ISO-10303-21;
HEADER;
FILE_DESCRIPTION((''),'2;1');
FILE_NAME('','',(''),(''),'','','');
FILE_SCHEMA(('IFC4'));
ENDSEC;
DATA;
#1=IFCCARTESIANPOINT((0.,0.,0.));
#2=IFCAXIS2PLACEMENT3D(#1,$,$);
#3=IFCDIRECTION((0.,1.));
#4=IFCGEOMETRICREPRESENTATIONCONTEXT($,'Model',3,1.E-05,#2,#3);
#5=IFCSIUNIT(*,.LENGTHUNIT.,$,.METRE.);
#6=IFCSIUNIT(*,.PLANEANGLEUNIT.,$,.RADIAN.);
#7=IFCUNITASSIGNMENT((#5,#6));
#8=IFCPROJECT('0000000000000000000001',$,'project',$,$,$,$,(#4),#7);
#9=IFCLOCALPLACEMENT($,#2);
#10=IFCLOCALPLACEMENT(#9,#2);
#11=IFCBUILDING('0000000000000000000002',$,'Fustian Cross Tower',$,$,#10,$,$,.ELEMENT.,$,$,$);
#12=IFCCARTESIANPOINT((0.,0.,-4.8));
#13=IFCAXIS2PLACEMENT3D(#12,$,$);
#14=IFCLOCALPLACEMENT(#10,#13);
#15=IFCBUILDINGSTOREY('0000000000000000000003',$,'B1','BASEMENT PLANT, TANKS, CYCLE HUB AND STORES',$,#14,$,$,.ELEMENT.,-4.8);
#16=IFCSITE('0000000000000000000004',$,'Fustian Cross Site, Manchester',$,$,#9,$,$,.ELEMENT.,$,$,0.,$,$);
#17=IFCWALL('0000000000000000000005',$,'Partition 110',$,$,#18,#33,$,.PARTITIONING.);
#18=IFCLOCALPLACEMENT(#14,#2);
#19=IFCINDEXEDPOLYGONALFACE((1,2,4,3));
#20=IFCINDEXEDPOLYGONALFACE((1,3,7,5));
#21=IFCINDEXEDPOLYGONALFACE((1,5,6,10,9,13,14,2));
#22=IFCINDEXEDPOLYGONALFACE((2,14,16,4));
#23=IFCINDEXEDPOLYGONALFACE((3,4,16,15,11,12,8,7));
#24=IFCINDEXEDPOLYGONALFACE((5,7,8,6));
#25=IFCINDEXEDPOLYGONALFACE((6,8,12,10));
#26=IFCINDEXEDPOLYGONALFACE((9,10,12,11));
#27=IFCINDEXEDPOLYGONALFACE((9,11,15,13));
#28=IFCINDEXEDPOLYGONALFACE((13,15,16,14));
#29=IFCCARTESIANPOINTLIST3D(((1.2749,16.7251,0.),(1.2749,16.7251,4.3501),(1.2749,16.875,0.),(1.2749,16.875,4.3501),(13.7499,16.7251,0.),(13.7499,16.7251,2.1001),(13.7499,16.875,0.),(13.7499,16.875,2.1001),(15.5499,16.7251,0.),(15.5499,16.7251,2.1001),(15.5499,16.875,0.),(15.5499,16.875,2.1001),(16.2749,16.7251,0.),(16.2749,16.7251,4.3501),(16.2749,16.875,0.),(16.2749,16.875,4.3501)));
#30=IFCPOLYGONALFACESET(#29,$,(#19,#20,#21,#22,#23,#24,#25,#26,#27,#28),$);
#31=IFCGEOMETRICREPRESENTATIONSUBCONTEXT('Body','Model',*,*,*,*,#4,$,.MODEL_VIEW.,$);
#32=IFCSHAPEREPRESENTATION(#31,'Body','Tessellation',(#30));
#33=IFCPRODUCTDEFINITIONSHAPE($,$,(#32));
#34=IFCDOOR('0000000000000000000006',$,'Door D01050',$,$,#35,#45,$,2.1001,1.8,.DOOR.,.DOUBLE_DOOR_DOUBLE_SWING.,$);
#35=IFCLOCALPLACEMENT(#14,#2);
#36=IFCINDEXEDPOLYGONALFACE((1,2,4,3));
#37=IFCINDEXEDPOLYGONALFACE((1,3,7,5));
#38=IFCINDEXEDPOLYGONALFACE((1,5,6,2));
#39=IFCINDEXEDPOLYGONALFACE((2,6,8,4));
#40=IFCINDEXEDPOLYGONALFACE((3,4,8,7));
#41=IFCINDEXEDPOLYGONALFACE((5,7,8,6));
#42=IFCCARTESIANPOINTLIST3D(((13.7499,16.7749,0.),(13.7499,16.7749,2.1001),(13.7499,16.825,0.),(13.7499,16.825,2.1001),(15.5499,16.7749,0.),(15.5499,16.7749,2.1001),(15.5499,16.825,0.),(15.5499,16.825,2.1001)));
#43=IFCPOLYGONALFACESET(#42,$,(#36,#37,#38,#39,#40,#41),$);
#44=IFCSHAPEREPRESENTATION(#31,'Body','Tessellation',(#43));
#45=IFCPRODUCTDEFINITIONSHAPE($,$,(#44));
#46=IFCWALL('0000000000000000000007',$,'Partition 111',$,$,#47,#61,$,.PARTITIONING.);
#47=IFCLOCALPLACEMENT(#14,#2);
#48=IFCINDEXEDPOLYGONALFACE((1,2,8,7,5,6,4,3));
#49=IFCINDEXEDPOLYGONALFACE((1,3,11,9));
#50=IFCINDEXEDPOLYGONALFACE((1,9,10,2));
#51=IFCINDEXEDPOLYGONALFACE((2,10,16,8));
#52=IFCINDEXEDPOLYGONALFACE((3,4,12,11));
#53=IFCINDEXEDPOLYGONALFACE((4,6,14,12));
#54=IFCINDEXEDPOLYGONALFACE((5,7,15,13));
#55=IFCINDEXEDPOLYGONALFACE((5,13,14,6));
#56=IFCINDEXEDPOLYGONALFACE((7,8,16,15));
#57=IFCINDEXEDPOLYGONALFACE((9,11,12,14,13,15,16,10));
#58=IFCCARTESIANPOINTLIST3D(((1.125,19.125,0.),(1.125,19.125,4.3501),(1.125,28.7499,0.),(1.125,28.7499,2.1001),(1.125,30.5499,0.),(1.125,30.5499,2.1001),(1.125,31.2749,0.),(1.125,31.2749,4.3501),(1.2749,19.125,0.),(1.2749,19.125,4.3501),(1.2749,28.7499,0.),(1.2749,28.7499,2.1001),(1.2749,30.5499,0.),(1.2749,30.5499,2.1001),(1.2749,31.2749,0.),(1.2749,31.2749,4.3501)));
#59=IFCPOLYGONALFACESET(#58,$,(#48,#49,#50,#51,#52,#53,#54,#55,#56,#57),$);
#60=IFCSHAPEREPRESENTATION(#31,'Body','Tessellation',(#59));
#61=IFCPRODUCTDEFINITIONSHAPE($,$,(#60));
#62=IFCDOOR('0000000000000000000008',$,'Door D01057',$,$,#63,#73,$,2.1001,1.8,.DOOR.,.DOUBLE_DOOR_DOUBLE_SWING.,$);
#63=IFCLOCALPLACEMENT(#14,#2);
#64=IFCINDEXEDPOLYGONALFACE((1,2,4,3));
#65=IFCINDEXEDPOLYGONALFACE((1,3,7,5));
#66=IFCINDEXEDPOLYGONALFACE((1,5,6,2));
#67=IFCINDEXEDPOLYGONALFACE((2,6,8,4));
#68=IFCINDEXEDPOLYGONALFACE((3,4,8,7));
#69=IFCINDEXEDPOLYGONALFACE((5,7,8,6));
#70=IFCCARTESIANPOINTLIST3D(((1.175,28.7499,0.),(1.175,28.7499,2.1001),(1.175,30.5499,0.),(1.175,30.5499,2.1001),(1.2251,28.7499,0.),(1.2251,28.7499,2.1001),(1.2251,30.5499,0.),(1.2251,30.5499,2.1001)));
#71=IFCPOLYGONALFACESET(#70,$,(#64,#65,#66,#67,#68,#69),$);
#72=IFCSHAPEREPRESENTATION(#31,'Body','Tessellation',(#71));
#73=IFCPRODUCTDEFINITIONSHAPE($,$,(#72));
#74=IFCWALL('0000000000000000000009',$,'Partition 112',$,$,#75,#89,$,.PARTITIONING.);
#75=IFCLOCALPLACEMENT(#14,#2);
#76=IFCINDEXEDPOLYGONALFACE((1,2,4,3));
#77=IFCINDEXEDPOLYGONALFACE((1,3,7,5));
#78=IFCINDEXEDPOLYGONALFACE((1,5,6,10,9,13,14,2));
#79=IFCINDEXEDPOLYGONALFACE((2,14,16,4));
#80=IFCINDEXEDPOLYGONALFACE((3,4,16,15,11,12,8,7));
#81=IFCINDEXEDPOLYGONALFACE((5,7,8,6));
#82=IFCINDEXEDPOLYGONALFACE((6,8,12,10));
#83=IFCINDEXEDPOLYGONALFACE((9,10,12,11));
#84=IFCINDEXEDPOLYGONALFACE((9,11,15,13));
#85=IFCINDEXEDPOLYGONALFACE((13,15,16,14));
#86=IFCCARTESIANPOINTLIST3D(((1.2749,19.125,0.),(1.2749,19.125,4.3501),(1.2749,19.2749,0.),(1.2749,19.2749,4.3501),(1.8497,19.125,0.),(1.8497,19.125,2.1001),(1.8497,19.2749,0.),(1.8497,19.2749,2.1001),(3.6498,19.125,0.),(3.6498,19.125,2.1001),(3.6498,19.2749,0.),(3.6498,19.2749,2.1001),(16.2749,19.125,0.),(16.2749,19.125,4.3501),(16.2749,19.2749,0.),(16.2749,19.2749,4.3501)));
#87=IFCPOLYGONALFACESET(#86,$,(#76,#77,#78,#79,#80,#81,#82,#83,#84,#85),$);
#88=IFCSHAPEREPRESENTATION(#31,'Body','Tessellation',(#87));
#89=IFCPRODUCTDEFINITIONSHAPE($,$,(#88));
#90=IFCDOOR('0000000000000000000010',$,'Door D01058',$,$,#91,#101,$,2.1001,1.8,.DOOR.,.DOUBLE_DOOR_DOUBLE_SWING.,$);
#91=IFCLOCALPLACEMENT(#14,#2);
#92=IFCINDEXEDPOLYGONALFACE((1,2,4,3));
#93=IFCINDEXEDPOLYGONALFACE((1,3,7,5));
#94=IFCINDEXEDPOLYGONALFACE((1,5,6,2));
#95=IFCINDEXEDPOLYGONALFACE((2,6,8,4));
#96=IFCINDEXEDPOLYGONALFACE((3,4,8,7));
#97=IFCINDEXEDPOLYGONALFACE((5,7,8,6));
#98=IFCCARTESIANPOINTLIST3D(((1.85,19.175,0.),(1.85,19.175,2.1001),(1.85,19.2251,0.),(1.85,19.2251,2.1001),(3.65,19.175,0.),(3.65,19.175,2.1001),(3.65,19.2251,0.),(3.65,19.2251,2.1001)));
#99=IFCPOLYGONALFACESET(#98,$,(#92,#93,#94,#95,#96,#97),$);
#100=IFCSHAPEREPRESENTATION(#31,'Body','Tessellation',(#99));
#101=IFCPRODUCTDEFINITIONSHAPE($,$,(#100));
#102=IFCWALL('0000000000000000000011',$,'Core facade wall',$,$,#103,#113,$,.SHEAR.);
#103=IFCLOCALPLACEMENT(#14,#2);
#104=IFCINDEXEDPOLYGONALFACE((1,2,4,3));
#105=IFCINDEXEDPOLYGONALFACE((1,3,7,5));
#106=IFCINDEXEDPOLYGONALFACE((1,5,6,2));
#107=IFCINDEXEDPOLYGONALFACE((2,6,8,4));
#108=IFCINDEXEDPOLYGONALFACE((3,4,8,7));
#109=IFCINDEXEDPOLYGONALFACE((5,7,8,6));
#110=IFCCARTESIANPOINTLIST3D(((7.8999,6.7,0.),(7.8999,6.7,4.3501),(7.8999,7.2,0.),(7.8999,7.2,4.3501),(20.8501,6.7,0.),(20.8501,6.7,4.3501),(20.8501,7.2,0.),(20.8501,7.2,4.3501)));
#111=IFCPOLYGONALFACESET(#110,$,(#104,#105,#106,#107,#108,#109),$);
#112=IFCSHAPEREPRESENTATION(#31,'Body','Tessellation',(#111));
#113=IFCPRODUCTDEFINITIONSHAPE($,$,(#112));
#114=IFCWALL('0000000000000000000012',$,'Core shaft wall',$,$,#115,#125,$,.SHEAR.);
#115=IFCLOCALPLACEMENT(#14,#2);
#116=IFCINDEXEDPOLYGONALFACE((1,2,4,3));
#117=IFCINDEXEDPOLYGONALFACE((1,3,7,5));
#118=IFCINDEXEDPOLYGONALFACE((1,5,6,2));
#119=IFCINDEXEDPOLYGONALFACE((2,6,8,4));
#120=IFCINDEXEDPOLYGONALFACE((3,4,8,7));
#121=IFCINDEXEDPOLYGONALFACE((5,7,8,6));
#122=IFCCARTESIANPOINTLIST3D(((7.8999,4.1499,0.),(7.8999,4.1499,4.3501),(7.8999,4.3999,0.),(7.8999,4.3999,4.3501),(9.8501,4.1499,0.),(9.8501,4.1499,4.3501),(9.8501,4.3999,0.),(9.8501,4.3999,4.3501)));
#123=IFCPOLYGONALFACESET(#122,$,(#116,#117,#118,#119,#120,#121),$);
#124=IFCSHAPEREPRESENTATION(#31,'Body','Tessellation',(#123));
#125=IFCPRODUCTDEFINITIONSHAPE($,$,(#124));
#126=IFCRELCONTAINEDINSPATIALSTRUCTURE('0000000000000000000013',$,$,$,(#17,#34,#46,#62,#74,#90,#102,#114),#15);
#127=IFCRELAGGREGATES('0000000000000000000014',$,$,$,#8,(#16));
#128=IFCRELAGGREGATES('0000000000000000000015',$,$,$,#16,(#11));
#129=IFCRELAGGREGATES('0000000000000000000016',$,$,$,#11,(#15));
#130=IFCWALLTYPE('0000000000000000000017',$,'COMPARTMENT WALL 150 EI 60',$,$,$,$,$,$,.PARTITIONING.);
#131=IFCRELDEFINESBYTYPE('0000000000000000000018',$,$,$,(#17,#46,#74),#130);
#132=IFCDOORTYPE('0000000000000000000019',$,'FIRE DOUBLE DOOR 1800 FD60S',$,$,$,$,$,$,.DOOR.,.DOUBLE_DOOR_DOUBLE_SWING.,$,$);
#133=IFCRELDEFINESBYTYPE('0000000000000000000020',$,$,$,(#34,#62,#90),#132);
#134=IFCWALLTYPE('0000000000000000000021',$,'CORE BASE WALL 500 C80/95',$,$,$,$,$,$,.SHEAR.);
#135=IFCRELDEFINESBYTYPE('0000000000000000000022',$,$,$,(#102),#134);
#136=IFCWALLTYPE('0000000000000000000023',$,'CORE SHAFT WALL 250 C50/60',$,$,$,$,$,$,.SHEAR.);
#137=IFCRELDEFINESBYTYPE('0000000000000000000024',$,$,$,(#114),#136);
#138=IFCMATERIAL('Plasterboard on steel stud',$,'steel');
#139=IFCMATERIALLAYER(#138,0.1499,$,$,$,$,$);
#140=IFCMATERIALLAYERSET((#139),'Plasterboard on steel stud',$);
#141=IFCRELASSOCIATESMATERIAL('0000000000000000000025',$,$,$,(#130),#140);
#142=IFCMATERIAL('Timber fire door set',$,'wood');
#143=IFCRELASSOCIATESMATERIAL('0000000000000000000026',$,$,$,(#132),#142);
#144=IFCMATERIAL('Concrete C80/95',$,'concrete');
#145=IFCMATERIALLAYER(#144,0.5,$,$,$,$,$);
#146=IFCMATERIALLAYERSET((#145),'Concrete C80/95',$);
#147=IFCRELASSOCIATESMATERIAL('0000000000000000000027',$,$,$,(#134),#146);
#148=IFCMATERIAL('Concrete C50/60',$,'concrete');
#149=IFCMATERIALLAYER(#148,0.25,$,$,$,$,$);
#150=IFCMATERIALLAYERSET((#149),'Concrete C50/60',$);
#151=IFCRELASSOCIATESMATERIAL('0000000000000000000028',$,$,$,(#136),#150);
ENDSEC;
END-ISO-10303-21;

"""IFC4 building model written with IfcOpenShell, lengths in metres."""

from ifc_helpers import new_model, si_unit, direction, frame, frame_2d, origin, place, context, subcontext, project, spatial, rectangle, extrude, material, layer, layer_set, type_object, element, fill, save


model = new_model("IFC4")

# Units and contexts
model_context = context("Model", 3, precision=1e-05, world=origin(), true_north=direction((0.0, 1.0)))
body_context = subcontext(model_context, "Body", "Model", "MODEL_VIEW")
ifc_project = project(units=[si_unit("LENGTHUNIT", "METRE"), si_unit("PLANEANGLEUNIT", "RADIAN")], contexts=[model_context])

# Site, building, storey
site_placement = place(None, origin())
site = spatial("IfcSite", under=ifc_project, at=site_placement, Name="Fustian Cross Site, Manchester", CompositionType="ELEMENT", RefElevation=0.0)
building_placement = place(site_placement, origin())
building = spatial("IfcBuilding", under=site, at=building_placement, Name="Fustian Cross Tower", CompositionType="ELEMENT")
storey_placement = place(building_placement, frame((0.0, 0.0, -4.8)))
storey = spatial("IfcBuildingStorey", under=building, at=storey_placement, Name="B1", Description="BASEMENT PLANT, TANKS, CYCLE HUB AND STORES", CompositionType="ELEMENT", Elevation=-4.8)

# Walls, openings, doors
ifc_material_1 = material(Name="Plasterboard on steel stud", Category="steel")
ifc_layer_1 = layer(ifc_material_1, 0.1499)
ifc_layer_set_1 = layer_set([ifc_layer_1], Name="Plasterboard on steel stud")
wall_type_1 = type_object("IfcWallType", Name="COMPARTMENT WALL 150 EI 60", PredefinedType="PARTITIONING", material=ifc_layer_set_1)
wall_1_placement = place(storey_placement, frame((1.2749, 16.8, 0.0), z_axis=(0.0, 0.0, 1.0), x_axis=(1.0, 0.0, 0.0)))
wall_1 = element("IfcWall", 1, at=wall_1_placement, inside=storey, type_object=wall_type_1, Name="Partition 110", PredefinedType="PARTITIONING", context=body_context, shape_type="SweptSolid", body=[
    extrude(rectangle(XDim=15.0, YDim=0.1499, at=frame_2d((7.5, 0.0))), origin(), (0.0, 0.0, 1.0), 4.3501),
])
opening_1_placement = place(wall_1_placement, frame((12.4751, 0.0, 0.0)))
opening_1 = element("IfcOpeningElement", 2, at=opening_1_placement, cuts=wall_1, PredefinedType="OPENING", context=body_context, shape_type="SweptSolid", body=[
    extrude(rectangle(XDim=1.8, YDim=2.1001, at=frame_2d((0.8999, 1.05))), frame((0.0, 0.085, 0.0), z_axis=(0.0, -1.0, 0.0), x_axis=(1.0, 0.0, 0.0)), (0.0, 0.0, 1.0), 0.1699),
])
ifc_material_2 = material(Name="Timber fire door set", Category="wood")
door_type = type_object("IfcDoorType", Name="FIRE DOUBLE DOOR 1800 FD60S", OperationType="DOUBLE_DOOR_DOUBLE_SWING", PredefinedType="DOOR", material=ifc_material_2)
door_1_placement = place(opening_1_placement, origin())
door_1 = element("IfcDoor", 3, at=door_1_placement, inside=storey, type_object=door_type, Name="Door D01050", OperationType="DOUBLE_DOOR_DOUBLE_SWING", OverallHeight=2.1001, OverallWidth=1.8, PredefinedType="DOOR", context=body_context, shape_type="SweptSolid", body=[
    extrude(rectangle(XDim=1.8, YDim=2.1001, at=frame_2d((0.8999, 1.05))), frame((0.0, 0.0249, 0.0), z_axis=(0.0, -1.0, 0.0), x_axis=(1.0, 0.0, 0.0)), (0.0, 0.0, 1.0), 0.05),
])
fill(opening_1, door_1)
wall_2_placement = place(storey_placement, frame((1.2, 19.125, 0.0), z_axis=(0.0, 0.0, 1.0), x_axis=(0.0, 1.0, 0.0)))
wall_2 = element("IfcWall", 4, at=wall_2_placement, inside=storey, type_object=wall_type_1, Name="Partition 111", PredefinedType="PARTITIONING", context=body_context, shape_type="SweptSolid", body=[
    extrude(rectangle(XDim=12.1499, YDim=0.1499, at=frame_2d((6.075, 0.0))), origin(), (0.0, 0.0, 1.0), 4.3501),
])
opening_2_placement = place(wall_2_placement, frame((9.625, 0.0, 0.0)))
opening_2 = element("IfcOpeningElement", 5, at=opening_2_placement, cuts=wall_2, PredefinedType="OPENING", context=body_context, shape_type="SweptSolid", body=[
    extrude(rectangle(XDim=1.8, YDim=2.1001, at=frame_2d((0.8999, 1.05))), frame((0.0, 0.085, 0.0), z_axis=(0.0, -1.0, 0.0), x_axis=(1.0, 0.0, 0.0)), (0.0, 0.0, 1.0), 0.1699),
])
door_2_placement = place(opening_2_placement, origin())
door_2 = element("IfcDoor", 6, at=door_2_placement, inside=storey, type_object=door_type, Name="Door D01057", OperationType="DOUBLE_DOOR_DOUBLE_SWING", OverallHeight=2.1001, OverallWidth=1.8, PredefinedType="DOOR", context=body_context, shape_type="SweptSolid", body=[
    extrude(rectangle(XDim=1.8, YDim=2.1001, at=frame_2d((0.8999, 1.05))), frame((0.0, 0.0249, 0.0), z_axis=(0.0, -1.0, 0.0), x_axis=(1.0, 0.0, 0.0)), (0.0, 0.0, 1.0), 0.05),
])
fill(opening_2, door_2)
wall_3_placement = place(storey_placement, frame((1.2749, 19.2, 0.0), z_axis=(0.0, 0.0, 1.0), x_axis=(1.0, 0.0, 0.0)))
wall_3 = element("IfcWall", 7, at=wall_3_placement, inside=storey, type_object=wall_type_1, Name="Partition 112", PredefinedType="PARTITIONING", context=body_context, shape_type="SweptSolid", body=[
    extrude(rectangle(XDim=15.0, YDim=0.1499, at=frame_2d((7.5, 0.0))), origin(), (0.0, 0.0, 1.0), 4.3501),
])
opening_3_placement = place(wall_3_placement, frame((0.575, 0.0, 0.0)))
opening_3 = element("IfcOpeningElement", 8, at=opening_3_placement, cuts=wall_3, PredefinedType="OPENING", context=body_context, shape_type="SweptSolid", body=[
    extrude(rectangle(XDim=1.8, YDim=2.1001, at=frame_2d((0.8999, 1.05))), frame((0.0, 0.085, 0.0), z_axis=(0.0, -1.0, 0.0), x_axis=(1.0, 0.0, 0.0)), (0.0, 0.0, 1.0), 0.1699),
])
door_3_placement = place(opening_3_placement, frame((1.8, 0.0, 0.0), z_axis=(0.0, 0.0, 1.0), x_axis=(-1.0, 0.0, 0.0)))
door_3 = element("IfcDoor", 9, at=door_3_placement, inside=storey, type_object=door_type, Name="Door D01058", OperationType="DOUBLE_DOOR_DOUBLE_SWING", OverallHeight=2.1001, OverallWidth=1.8, PredefinedType="DOOR", context=body_context, shape_type="SweptSolid", body=[
    extrude(rectangle(XDim=1.8, YDim=2.1001, at=frame_2d((0.8999, 1.05))), frame((0.0, 0.0249, 0.0), z_axis=(0.0, -1.0, 0.0), x_axis=(1.0, 0.0, 0.0)), (0.0, 0.0, 1.0), 0.05),
])
fill(opening_3, door_3)

# Walls
ifc_material_3 = material(Name="Concrete C80/95", Category="concrete")
ifc_layer_2 = layer(ifc_material_3, 0.5)
ifc_layer_set_2 = layer_set([ifc_layer_2], Name="Concrete C80/95")
wall_type_2 = type_object("IfcWallType", Name="CORE BASE WALL 500 C80/95", PredefinedType="SHEAR", material=ifc_layer_set_2)
wall_4_placement = place(storey_placement, frame((7.8999, 6.95, 0.0), z_axis=(0.0, 0.0, 1.0), x_axis=(1.0, 0.0, 0.0)))
element("IfcWall", 10, at=wall_4_placement, inside=storey, type_object=wall_type_2, Name="Core facade wall", PredefinedType="SHEAR", context=body_context, shape_type="SweptSolid", body=[
    extrude(rectangle(XDim=12.9502, YDim=0.5, at=frame_2d((6.4751, 0.0))), origin(), (0.0, 0.0, 1.0), 4.3501),
])
ifc_material_4 = material(Name="Concrete C50/60", Category="concrete")
ifc_layer_3 = layer(ifc_material_4, 0.25)
ifc_layer_set_3 = layer_set([ifc_layer_3], Name="Concrete C50/60")
wall_type_3 = type_object("IfcWallType", Name="CORE SHAFT WALL 250 C50/60", PredefinedType="SHEAR", material=ifc_layer_set_3)
wall_5_placement = place(storey_placement, frame((7.8999, 4.2749, 0.0), z_axis=(0.0, 0.0, 1.0), x_axis=(1.0, 0.0, 0.0)))
element("IfcWall", 11, at=wall_5_placement, inside=storey, type_object=wall_type_3, Name="Core shaft wall", PredefinedType="SHEAR", context=body_context, shape_type="SweptSolid", body=[
    extrude(rectangle(XDim=1.9502, YDim=0.25, at=frame_2d((0.9751, 0.0))), origin(), (0.0, 0.0, 1.0), 4.3501),
])

save(model, "model.ifc")
